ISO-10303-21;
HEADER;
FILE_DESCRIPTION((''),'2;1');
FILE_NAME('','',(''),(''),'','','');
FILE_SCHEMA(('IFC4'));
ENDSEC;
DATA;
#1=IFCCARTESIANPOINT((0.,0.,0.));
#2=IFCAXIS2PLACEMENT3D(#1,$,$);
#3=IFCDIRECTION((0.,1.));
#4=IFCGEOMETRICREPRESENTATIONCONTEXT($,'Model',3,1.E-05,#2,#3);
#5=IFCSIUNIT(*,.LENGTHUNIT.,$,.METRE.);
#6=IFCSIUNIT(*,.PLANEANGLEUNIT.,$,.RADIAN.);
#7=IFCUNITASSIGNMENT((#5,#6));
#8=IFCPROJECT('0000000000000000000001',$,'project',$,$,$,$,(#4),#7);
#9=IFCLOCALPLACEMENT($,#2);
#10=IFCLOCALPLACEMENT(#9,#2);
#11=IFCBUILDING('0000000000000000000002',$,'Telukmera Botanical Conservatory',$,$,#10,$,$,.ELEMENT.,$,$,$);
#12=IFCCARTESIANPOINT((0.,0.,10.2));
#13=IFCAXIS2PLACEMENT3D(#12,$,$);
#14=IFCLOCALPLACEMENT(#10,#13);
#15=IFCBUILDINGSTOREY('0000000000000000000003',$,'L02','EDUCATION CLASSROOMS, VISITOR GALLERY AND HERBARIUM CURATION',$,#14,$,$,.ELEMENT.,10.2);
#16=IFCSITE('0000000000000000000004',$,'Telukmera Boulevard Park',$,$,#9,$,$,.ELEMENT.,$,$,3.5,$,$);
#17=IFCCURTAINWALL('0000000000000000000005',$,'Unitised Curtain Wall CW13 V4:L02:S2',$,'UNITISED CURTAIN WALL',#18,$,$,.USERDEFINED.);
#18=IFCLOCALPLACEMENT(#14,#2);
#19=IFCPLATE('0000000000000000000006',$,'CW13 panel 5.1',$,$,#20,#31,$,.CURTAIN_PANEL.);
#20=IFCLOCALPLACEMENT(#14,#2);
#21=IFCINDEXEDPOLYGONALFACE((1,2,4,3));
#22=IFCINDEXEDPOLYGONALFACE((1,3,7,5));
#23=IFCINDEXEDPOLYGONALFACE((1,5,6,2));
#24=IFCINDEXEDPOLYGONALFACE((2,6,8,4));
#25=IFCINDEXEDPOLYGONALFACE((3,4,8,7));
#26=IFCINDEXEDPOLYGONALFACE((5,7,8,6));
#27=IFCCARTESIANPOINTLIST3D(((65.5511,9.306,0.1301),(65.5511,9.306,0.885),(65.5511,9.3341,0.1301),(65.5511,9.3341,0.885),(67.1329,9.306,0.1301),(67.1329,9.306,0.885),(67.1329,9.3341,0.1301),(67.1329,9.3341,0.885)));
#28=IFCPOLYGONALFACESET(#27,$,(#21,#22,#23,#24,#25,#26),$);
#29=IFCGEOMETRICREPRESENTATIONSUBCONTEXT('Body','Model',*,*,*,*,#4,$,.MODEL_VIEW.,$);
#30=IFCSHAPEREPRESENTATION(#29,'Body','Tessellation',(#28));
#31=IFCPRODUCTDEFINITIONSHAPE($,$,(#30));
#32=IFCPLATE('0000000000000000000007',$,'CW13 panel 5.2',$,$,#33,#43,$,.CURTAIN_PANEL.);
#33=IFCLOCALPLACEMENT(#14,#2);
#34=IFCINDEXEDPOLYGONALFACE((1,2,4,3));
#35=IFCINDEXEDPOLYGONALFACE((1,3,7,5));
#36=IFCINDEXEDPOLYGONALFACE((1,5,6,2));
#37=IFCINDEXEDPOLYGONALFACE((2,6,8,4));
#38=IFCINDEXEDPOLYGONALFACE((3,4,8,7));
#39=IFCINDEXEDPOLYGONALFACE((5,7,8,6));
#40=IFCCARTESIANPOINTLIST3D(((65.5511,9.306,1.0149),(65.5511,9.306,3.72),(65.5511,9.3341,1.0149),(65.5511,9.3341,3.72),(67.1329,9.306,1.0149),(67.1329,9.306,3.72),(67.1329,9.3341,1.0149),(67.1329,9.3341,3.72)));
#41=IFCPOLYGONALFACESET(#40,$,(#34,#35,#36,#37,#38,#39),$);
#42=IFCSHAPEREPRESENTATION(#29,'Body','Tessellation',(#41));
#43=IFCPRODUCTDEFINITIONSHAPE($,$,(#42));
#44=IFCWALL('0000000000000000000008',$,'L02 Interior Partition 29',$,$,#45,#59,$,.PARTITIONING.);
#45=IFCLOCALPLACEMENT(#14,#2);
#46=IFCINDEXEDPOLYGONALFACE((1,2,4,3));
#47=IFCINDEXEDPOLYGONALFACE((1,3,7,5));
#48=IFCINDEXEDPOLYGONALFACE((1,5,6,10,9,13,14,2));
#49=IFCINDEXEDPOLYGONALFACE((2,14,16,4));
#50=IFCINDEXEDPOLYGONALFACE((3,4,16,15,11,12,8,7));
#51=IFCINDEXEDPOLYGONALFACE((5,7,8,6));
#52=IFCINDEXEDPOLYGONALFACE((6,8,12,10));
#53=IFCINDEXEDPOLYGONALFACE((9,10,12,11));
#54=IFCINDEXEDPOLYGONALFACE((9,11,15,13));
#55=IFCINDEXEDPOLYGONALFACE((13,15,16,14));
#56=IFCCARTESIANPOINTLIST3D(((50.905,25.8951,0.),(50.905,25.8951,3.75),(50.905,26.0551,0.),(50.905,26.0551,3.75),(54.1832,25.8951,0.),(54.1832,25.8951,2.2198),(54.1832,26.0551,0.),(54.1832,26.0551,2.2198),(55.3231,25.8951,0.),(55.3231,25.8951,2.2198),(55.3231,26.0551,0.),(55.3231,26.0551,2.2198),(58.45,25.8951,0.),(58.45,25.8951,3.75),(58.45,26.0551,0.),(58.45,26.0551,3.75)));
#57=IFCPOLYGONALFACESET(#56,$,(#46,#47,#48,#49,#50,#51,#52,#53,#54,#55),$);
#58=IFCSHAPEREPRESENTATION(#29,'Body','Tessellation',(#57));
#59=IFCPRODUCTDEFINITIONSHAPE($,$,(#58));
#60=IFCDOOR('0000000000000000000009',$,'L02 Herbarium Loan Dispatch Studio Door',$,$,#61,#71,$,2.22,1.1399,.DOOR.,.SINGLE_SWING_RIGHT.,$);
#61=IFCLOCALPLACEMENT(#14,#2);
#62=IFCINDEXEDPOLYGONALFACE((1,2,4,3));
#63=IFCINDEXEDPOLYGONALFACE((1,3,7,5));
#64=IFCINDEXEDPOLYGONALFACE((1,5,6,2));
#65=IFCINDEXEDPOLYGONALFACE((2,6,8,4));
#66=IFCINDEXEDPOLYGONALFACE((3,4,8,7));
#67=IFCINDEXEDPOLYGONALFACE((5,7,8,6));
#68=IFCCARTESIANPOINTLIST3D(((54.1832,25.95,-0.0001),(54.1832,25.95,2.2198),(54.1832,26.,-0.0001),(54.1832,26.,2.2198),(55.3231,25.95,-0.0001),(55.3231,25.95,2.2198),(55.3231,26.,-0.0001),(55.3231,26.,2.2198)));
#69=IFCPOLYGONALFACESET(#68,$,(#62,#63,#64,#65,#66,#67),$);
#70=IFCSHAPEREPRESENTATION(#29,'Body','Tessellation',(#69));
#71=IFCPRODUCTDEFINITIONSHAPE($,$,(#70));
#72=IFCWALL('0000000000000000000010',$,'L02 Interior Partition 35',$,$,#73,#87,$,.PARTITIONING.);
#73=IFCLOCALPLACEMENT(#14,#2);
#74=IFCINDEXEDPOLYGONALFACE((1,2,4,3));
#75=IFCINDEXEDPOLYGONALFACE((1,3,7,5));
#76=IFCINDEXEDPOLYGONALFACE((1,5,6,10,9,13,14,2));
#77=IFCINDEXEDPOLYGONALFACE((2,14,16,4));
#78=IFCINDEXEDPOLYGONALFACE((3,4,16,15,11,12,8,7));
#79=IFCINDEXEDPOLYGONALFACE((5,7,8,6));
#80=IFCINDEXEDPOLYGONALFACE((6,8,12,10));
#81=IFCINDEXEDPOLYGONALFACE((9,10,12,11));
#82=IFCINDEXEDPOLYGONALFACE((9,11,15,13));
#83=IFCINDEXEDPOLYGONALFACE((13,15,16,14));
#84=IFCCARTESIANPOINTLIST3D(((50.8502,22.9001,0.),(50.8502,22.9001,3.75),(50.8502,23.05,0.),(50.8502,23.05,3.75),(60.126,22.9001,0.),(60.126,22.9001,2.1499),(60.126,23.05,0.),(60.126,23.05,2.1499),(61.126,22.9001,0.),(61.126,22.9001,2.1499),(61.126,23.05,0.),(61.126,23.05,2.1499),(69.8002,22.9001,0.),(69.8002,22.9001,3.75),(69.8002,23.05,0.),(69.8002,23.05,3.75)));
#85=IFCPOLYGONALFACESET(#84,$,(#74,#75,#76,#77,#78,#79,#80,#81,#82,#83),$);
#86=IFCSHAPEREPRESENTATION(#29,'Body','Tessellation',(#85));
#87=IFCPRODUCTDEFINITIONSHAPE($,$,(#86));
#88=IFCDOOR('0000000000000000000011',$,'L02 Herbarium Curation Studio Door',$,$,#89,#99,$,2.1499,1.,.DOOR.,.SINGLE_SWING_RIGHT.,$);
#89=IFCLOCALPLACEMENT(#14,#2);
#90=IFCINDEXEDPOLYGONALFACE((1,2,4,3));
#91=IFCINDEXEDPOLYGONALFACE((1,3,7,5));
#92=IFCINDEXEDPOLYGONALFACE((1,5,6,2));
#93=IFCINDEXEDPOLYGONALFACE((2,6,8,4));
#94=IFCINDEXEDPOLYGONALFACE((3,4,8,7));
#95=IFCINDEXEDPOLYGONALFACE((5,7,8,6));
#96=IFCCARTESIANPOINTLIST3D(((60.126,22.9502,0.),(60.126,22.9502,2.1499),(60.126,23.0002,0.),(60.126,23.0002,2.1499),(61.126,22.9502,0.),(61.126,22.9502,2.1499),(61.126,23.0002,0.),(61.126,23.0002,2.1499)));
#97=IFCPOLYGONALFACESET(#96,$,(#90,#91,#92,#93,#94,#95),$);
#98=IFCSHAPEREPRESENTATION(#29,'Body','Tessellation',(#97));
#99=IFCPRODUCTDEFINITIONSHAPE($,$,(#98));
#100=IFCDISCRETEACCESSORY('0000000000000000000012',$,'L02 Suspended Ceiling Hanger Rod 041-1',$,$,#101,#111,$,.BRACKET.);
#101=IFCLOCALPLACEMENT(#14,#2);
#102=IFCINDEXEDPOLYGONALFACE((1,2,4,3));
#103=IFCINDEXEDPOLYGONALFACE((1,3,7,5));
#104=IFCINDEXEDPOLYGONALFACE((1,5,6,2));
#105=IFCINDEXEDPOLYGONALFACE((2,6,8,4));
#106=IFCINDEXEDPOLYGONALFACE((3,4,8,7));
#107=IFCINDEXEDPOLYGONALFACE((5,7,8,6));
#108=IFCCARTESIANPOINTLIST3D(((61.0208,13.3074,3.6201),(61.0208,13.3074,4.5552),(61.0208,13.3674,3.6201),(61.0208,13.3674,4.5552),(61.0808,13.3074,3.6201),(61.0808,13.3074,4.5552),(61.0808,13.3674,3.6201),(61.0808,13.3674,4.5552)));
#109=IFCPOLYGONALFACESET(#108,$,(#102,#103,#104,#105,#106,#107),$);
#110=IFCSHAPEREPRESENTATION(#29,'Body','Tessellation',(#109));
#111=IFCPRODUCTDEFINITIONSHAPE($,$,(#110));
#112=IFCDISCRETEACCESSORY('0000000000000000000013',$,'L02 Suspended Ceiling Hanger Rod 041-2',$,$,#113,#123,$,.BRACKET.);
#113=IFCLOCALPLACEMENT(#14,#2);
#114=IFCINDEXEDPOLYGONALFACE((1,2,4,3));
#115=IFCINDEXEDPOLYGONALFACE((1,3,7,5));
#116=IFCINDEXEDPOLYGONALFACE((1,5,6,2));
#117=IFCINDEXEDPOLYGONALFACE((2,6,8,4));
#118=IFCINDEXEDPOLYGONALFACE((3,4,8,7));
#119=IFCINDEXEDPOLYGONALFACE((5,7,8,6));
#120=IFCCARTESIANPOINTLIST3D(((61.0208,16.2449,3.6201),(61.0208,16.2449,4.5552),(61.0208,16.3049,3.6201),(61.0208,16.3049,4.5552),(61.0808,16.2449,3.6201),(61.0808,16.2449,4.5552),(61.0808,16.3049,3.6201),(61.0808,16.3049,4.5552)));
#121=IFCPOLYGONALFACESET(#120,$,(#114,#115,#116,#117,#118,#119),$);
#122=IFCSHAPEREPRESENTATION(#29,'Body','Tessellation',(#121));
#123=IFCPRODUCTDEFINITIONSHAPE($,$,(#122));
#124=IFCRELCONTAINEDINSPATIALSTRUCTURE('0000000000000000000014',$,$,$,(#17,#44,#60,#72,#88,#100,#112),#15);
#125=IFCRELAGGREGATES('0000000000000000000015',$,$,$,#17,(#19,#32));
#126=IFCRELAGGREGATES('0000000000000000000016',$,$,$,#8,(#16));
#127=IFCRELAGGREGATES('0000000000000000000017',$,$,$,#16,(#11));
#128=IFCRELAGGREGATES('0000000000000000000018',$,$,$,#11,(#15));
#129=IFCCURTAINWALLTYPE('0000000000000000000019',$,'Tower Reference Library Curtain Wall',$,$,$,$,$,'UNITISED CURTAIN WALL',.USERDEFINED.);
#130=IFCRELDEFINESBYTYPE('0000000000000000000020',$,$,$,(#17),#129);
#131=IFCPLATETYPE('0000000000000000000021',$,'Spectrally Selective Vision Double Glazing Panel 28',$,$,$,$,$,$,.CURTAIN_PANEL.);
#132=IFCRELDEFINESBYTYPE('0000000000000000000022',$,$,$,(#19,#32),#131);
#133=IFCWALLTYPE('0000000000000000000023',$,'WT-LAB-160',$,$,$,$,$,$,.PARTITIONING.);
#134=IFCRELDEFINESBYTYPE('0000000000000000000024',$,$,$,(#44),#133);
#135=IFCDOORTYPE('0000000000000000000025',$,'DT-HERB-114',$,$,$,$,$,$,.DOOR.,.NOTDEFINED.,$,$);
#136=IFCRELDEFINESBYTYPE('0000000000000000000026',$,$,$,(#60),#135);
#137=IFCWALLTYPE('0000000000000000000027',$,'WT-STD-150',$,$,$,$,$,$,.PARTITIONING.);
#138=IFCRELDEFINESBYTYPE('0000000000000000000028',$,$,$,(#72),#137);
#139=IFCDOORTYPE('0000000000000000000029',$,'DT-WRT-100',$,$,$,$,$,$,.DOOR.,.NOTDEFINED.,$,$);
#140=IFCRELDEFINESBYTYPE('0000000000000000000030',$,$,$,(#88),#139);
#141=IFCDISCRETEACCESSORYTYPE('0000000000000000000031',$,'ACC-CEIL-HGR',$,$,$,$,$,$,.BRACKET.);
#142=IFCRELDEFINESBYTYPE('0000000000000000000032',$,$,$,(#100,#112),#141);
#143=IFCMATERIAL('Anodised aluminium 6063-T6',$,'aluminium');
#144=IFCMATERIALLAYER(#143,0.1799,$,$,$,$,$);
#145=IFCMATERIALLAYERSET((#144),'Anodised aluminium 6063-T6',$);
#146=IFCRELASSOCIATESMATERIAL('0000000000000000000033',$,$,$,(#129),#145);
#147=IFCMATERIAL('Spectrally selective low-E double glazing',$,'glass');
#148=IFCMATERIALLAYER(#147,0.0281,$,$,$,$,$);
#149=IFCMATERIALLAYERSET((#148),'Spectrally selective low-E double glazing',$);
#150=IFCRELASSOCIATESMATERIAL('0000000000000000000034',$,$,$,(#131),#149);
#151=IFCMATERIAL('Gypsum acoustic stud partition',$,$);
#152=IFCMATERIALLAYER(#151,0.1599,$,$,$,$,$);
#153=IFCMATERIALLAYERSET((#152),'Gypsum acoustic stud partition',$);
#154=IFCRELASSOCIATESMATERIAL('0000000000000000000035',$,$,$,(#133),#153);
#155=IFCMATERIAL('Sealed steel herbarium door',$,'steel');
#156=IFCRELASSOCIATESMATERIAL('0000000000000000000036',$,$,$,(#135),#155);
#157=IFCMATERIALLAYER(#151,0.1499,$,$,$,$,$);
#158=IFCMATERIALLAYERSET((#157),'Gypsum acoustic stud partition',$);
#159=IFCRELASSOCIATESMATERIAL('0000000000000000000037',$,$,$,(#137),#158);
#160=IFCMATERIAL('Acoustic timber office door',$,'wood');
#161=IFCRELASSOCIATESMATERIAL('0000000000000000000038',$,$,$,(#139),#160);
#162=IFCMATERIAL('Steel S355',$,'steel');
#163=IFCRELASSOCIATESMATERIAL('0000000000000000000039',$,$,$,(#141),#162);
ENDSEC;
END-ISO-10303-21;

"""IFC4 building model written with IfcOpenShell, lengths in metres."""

from ifc_helpers import new_model, si_unit, direction, frame, frame_2d, origin, origin_2d, place, context, subcontext, project, spatial, rectangle, extrude, material, layer, layer_set, type_object, element, fill, aggregate, save


model = new_model("IFC4")

# Units and contexts
model_context = context("Model", 3, precision=1e-05, world=origin(), true_north=direction((0.0, 1.0)))
body_context = subcontext(model_context, "Body", "Model", "MODEL_VIEW")
ifc_project = project(units=[si_unit("LENGTHUNIT", "METRE"), si_unit("PLANEANGLEUNIT", "RADIAN")], contexts=[model_context])

# Site, building, storey
site_placement = place(None, origin())
site = spatial("IfcSite", under=ifc_project, at=site_placement, Name="Telukmera Boulevard Park", CompositionType="ELEMENT", RefElevation=3.5)
building_placement = place(site_placement, origin())
building = spatial("IfcBuilding", under=site, at=building_placement, Name="Telukmera Botanical Conservatory", CompositionType="ELEMENT")
storey_placement = place(building_placement, frame((0.0, 0.0, 10.2)))
storey = spatial("IfcBuildingStorey", under=building, at=storey_placement, Name="L02", Description="EDUCATION CLASSROOMS, VISITOR GALLERY AND HERBARIUM CURATION", CompositionType="ELEMENT", Elevation=10.2)

# Curtain wall
ifc_material_1 = material(Name="Anodised aluminium 6063-T6", Category="aluminium")
ifc_layer_1 = layer(ifc_material_1, 0.1799)
ifc_layer_set_1 = layer_set([ifc_layer_1], Name="Anodised aluminium 6063-T6")
curtain_wall_type = type_object("IfcCurtainWallType", Name="Tower Reference Library Curtain Wall", ElementType="UNITISED CURTAIN WALL", PredefinedType="USERDEFINED", material=ifc_layer_set_1)
curtain_wall_1_placement = place(storey_placement, origin())
curtain_wall_1 = element("IfcCurtainWall", 1, at=curtain_wall_1_placement, inside=storey, type_object=curtain_wall_type, Name="Unitised Curtain Wall CW13 V4:L02:S2", ObjectType="UNITISED CURTAIN WALL", PredefinedType="USERDEFINED")

# Plates
ifc_material_2 = material(Name="Spectrally selective low-E double glazing", Category="glass")
ifc_layer_2 = layer(ifc_material_2, 0.0281)
ifc_layer_set_2 = layer_set([ifc_layer_2], Name="Spectrally selective low-E double glazing")
plate_type = type_object("IfcPlateType", Name="Spectrally Selective Vision Double Glazing Panel 28", PredefinedType="CURTAIN_PANEL", material=ifc_layer_set_2)
plate_1_placement = place(storey_placement, frame((66.342, 9.3201, 0.1301), z_axis=(0.0, 0.0, 1.0), x_axis=(1.0, 0.0, 0.0)))
plate_1 = element("IfcPlate", 2, at=plate_1_placement, type_object=plate_type, Name="CW13 panel 5.1", PredefinedType="CURTAIN_PANEL", context=body_context, shape_type="SweptSolid", body=[
    extrude(rectangle(XDim=1.5818, YDim=0.0281, at=origin_2d()), origin(), (0.0, 0.0, 1.0), 0.7549),
])
plate_2_placement = place(storey_placement, frame((66.342, 9.3201, 1.0149), z_axis=(0.0, 0.0, 1.0), x_axis=(1.0, 0.0, 0.0)))
plate_2 = element("IfcPlate", 3, at=plate_2_placement, type_object=plate_type, Name="CW13 panel 5.2", PredefinedType="CURTAIN_PANEL", context=body_context, shape_type="SweptSolid", body=[
    extrude(rectangle(XDim=1.5818, YDim=0.0281, at=origin_2d()), origin(), (0.0, 0.0, 1.0), 2.7051),
])
aggregate(curtain_wall_1, [plate_1, plate_2])

# Walls, openings, doors
ifc_material_3 = material(Name="Gypsum acoustic stud partition")
ifc_layer_3 = layer(ifc_material_3, 0.1599)
ifc_layer_set_3 = layer_set([ifc_layer_3], Name="Gypsum acoustic stud partition")
wall_type_1 = type_object("IfcWallType", Name="WT-LAB-160", PredefinedType="PARTITIONING", material=ifc_layer_set_3)
wall_1_placement = place(storey_placement, frame((50.905, 25.9751, 0.0), z_axis=(0.0, 0.0, 1.0), x_axis=(1.0, 0.0, 0.0)))
wall_1 = element("IfcWall", 4, at=wall_1_placement, inside=storey, type_object=wall_type_1, Name="L02 Interior Partition 29", PredefinedType="PARTITIONING", context=body_context, shape_type="SweptSolid", body=[
    extrude(rectangle(XDim=7.5449, YDim=0.1599, at=frame_2d((3.7725, 0.0))), origin(), (0.0, 0.0, 1.0), 3.75),
])
opening_1_placement = place(wall_1_placement, frame((3.2783, 0.0, 0.0)))
opening_1 = element("IfcOpeningElement", 5, at=opening_1_placement, cuts=wall_1, PredefinedType="OPENING", context=body_context, shape_type="SweptSolid", body=[
    extrude(rectangle(XDim=1.1399, YDim=2.22, at=frame_2d((0.5698, 1.1099))), frame((0.0, 0.0898, 0.0), z_axis=(0.0, -1.0, 0.0), x_axis=(1.0, 0.0, 0.0)), (0.0, 0.0, 1.0), 0.1799),
])
ifc_material_4 = material(Name="Sealed steel herbarium door", Category="steel")
door_type_1 = type_object("IfcDoorType", Name="DT-HERB-114", OperationType="NOTDEFINED", PredefinedType="DOOR", material=ifc_material_4)
door_1_placement = place(opening_1_placement, origin())
door_1 = element("IfcDoor", 6, at=door_1_placement, inside=storey, type_object=door_type_1, Name="L02 Herbarium Loan Dispatch Studio Door", OperationType="SINGLE_SWING_RIGHT", OverallHeight=2.22, OverallWidth=1.1399, PredefinedType="DOOR", context=body_context, shape_type="SweptSolid", body=[
    extrude(rectangle(XDim=1.1399, YDim=2.22, at=frame_2d((0.5698, 1.1099))), frame((0.0, 0.0249, 0.0), z_axis=(0.0, -1.0, 0.0), x_axis=(1.0, 0.0, 0.0)), (0.0, 0.0, 1.0), 0.05),
])
fill(opening_1, door_1)
ifc_layer_4 = layer(ifc_material_3, 0.1499)
ifc_layer_set_4 = layer_set([ifc_layer_4], Name="Gypsum acoustic stud partition")
wall_type_2 = type_object("IfcWallType", Name="WT-STD-150", PredefinedType="PARTITIONING", material=ifc_layer_set_4)
wall_2_placement = place(storey_placement, frame((50.8501, 22.9751, 0.0), z_axis=(0.0, 0.0, 1.0), x_axis=(1.0, 0.0, 0.0)))
wall_2 = element("IfcWall", 7, at=wall_2_placement, inside=storey, type_object=wall_type_2, Name="L02 Interior Partition 35", PredefinedType="PARTITIONING", context=body_context, shape_type="SweptSolid", body=[
    extrude(rectangle(XDim=18.95, YDim=0.1499, at=frame_2d((9.4751, 0.0))), origin(), (0.0, 0.0, 1.0), 3.75),
])
opening_2_placement = place(wall_2_placement, frame((9.2759, 0.0, 0.0)))
opening_2 = element("IfcOpeningElement", 8, at=opening_2_placement, cuts=wall_2, PredefinedType="OPENING", context=body_context, shape_type="SweptSolid", body=[
    extrude(rectangle(XDim=1.0, YDim=2.1499, at=frame_2d((0.5, 1.075))), frame((0.0, 0.085, 0.0), z_axis=(0.0, -1.0, 0.0), x_axis=(1.0, 0.0, 0.0)), (0.0, 0.0, 1.0), 0.1699),
])
ifc_material_5 = material(Name="Acoustic timber office door", Category="wood")
door_type_2 = type_object("IfcDoorType", Name="DT-WRT-100", OperationType="NOTDEFINED", PredefinedType="DOOR", material=ifc_material_5)
door_2_placement = place(opening_2_placement, frame((1.0, 0.0, 0.0), z_axis=(0.0, 0.0, 1.0), x_axis=(-1.0, 0.0, 0.0)))
door_2 = element("IfcDoor", 9, at=door_2_placement, inside=storey, type_object=door_type_2, Name="L02 Herbarium Curation Studio Door", OperationType="SINGLE_SWING_RIGHT", OverallHeight=2.1499, OverallWidth=1.0, PredefinedType="DOOR", context=body_context, shape_type="SweptSolid", body=[
    extrude(rectangle(XDim=1.0, YDim=2.1499, at=frame_2d((0.5, 1.075))), frame((0.0, 0.0249, 0.0), z_axis=(0.0, -1.0, 0.0), x_axis=(1.0, 0.0, 0.0)), (0.0, 0.0, 1.0), 0.05),
])
fill(opening_2, door_2)

# Discrete accessories
ifc_material_6 = material(Name="Steel S355", Category="steel")
discrete_accessory_type = type_object("IfcDiscreteAccessoryType", Name="ACC-CEIL-HGR", PredefinedType="BRACKET", material=ifc_material_6)
for number, where, z_axis, x_axis, name in (
    (10, (61.0508, 13.3374, 3.6201), (0.0, 0.0, 1.0), (1.0, 0.0, 0.0), "L02 Suspended Ceiling Hanger Rod 041-1"),
    (11, (61.0508, 16.2749, 3.6201), (0.0, 0.0, 1.0), (1.0, 0.0, 0.0), "L02 Suspended Ceiling Hanger Rod 041-2"),
):
    element("IfcDiscreteAccessory", number, at=place(storey_placement, frame(where, z_axis=z_axis, x_axis=x_axis)), inside=storey, type_object=discrete_accessory_type, Name=name, PredefinedType="BRACKET", context=body_context, shape_type="SweptSolid", body=[
        extrude(rectangle(XDim=0.0601, YDim=0.0601, at=origin_2d()), origin(), (0.0, 0.0, 1.0), 0.9351),
    ])

save(model, "model.ifc")
